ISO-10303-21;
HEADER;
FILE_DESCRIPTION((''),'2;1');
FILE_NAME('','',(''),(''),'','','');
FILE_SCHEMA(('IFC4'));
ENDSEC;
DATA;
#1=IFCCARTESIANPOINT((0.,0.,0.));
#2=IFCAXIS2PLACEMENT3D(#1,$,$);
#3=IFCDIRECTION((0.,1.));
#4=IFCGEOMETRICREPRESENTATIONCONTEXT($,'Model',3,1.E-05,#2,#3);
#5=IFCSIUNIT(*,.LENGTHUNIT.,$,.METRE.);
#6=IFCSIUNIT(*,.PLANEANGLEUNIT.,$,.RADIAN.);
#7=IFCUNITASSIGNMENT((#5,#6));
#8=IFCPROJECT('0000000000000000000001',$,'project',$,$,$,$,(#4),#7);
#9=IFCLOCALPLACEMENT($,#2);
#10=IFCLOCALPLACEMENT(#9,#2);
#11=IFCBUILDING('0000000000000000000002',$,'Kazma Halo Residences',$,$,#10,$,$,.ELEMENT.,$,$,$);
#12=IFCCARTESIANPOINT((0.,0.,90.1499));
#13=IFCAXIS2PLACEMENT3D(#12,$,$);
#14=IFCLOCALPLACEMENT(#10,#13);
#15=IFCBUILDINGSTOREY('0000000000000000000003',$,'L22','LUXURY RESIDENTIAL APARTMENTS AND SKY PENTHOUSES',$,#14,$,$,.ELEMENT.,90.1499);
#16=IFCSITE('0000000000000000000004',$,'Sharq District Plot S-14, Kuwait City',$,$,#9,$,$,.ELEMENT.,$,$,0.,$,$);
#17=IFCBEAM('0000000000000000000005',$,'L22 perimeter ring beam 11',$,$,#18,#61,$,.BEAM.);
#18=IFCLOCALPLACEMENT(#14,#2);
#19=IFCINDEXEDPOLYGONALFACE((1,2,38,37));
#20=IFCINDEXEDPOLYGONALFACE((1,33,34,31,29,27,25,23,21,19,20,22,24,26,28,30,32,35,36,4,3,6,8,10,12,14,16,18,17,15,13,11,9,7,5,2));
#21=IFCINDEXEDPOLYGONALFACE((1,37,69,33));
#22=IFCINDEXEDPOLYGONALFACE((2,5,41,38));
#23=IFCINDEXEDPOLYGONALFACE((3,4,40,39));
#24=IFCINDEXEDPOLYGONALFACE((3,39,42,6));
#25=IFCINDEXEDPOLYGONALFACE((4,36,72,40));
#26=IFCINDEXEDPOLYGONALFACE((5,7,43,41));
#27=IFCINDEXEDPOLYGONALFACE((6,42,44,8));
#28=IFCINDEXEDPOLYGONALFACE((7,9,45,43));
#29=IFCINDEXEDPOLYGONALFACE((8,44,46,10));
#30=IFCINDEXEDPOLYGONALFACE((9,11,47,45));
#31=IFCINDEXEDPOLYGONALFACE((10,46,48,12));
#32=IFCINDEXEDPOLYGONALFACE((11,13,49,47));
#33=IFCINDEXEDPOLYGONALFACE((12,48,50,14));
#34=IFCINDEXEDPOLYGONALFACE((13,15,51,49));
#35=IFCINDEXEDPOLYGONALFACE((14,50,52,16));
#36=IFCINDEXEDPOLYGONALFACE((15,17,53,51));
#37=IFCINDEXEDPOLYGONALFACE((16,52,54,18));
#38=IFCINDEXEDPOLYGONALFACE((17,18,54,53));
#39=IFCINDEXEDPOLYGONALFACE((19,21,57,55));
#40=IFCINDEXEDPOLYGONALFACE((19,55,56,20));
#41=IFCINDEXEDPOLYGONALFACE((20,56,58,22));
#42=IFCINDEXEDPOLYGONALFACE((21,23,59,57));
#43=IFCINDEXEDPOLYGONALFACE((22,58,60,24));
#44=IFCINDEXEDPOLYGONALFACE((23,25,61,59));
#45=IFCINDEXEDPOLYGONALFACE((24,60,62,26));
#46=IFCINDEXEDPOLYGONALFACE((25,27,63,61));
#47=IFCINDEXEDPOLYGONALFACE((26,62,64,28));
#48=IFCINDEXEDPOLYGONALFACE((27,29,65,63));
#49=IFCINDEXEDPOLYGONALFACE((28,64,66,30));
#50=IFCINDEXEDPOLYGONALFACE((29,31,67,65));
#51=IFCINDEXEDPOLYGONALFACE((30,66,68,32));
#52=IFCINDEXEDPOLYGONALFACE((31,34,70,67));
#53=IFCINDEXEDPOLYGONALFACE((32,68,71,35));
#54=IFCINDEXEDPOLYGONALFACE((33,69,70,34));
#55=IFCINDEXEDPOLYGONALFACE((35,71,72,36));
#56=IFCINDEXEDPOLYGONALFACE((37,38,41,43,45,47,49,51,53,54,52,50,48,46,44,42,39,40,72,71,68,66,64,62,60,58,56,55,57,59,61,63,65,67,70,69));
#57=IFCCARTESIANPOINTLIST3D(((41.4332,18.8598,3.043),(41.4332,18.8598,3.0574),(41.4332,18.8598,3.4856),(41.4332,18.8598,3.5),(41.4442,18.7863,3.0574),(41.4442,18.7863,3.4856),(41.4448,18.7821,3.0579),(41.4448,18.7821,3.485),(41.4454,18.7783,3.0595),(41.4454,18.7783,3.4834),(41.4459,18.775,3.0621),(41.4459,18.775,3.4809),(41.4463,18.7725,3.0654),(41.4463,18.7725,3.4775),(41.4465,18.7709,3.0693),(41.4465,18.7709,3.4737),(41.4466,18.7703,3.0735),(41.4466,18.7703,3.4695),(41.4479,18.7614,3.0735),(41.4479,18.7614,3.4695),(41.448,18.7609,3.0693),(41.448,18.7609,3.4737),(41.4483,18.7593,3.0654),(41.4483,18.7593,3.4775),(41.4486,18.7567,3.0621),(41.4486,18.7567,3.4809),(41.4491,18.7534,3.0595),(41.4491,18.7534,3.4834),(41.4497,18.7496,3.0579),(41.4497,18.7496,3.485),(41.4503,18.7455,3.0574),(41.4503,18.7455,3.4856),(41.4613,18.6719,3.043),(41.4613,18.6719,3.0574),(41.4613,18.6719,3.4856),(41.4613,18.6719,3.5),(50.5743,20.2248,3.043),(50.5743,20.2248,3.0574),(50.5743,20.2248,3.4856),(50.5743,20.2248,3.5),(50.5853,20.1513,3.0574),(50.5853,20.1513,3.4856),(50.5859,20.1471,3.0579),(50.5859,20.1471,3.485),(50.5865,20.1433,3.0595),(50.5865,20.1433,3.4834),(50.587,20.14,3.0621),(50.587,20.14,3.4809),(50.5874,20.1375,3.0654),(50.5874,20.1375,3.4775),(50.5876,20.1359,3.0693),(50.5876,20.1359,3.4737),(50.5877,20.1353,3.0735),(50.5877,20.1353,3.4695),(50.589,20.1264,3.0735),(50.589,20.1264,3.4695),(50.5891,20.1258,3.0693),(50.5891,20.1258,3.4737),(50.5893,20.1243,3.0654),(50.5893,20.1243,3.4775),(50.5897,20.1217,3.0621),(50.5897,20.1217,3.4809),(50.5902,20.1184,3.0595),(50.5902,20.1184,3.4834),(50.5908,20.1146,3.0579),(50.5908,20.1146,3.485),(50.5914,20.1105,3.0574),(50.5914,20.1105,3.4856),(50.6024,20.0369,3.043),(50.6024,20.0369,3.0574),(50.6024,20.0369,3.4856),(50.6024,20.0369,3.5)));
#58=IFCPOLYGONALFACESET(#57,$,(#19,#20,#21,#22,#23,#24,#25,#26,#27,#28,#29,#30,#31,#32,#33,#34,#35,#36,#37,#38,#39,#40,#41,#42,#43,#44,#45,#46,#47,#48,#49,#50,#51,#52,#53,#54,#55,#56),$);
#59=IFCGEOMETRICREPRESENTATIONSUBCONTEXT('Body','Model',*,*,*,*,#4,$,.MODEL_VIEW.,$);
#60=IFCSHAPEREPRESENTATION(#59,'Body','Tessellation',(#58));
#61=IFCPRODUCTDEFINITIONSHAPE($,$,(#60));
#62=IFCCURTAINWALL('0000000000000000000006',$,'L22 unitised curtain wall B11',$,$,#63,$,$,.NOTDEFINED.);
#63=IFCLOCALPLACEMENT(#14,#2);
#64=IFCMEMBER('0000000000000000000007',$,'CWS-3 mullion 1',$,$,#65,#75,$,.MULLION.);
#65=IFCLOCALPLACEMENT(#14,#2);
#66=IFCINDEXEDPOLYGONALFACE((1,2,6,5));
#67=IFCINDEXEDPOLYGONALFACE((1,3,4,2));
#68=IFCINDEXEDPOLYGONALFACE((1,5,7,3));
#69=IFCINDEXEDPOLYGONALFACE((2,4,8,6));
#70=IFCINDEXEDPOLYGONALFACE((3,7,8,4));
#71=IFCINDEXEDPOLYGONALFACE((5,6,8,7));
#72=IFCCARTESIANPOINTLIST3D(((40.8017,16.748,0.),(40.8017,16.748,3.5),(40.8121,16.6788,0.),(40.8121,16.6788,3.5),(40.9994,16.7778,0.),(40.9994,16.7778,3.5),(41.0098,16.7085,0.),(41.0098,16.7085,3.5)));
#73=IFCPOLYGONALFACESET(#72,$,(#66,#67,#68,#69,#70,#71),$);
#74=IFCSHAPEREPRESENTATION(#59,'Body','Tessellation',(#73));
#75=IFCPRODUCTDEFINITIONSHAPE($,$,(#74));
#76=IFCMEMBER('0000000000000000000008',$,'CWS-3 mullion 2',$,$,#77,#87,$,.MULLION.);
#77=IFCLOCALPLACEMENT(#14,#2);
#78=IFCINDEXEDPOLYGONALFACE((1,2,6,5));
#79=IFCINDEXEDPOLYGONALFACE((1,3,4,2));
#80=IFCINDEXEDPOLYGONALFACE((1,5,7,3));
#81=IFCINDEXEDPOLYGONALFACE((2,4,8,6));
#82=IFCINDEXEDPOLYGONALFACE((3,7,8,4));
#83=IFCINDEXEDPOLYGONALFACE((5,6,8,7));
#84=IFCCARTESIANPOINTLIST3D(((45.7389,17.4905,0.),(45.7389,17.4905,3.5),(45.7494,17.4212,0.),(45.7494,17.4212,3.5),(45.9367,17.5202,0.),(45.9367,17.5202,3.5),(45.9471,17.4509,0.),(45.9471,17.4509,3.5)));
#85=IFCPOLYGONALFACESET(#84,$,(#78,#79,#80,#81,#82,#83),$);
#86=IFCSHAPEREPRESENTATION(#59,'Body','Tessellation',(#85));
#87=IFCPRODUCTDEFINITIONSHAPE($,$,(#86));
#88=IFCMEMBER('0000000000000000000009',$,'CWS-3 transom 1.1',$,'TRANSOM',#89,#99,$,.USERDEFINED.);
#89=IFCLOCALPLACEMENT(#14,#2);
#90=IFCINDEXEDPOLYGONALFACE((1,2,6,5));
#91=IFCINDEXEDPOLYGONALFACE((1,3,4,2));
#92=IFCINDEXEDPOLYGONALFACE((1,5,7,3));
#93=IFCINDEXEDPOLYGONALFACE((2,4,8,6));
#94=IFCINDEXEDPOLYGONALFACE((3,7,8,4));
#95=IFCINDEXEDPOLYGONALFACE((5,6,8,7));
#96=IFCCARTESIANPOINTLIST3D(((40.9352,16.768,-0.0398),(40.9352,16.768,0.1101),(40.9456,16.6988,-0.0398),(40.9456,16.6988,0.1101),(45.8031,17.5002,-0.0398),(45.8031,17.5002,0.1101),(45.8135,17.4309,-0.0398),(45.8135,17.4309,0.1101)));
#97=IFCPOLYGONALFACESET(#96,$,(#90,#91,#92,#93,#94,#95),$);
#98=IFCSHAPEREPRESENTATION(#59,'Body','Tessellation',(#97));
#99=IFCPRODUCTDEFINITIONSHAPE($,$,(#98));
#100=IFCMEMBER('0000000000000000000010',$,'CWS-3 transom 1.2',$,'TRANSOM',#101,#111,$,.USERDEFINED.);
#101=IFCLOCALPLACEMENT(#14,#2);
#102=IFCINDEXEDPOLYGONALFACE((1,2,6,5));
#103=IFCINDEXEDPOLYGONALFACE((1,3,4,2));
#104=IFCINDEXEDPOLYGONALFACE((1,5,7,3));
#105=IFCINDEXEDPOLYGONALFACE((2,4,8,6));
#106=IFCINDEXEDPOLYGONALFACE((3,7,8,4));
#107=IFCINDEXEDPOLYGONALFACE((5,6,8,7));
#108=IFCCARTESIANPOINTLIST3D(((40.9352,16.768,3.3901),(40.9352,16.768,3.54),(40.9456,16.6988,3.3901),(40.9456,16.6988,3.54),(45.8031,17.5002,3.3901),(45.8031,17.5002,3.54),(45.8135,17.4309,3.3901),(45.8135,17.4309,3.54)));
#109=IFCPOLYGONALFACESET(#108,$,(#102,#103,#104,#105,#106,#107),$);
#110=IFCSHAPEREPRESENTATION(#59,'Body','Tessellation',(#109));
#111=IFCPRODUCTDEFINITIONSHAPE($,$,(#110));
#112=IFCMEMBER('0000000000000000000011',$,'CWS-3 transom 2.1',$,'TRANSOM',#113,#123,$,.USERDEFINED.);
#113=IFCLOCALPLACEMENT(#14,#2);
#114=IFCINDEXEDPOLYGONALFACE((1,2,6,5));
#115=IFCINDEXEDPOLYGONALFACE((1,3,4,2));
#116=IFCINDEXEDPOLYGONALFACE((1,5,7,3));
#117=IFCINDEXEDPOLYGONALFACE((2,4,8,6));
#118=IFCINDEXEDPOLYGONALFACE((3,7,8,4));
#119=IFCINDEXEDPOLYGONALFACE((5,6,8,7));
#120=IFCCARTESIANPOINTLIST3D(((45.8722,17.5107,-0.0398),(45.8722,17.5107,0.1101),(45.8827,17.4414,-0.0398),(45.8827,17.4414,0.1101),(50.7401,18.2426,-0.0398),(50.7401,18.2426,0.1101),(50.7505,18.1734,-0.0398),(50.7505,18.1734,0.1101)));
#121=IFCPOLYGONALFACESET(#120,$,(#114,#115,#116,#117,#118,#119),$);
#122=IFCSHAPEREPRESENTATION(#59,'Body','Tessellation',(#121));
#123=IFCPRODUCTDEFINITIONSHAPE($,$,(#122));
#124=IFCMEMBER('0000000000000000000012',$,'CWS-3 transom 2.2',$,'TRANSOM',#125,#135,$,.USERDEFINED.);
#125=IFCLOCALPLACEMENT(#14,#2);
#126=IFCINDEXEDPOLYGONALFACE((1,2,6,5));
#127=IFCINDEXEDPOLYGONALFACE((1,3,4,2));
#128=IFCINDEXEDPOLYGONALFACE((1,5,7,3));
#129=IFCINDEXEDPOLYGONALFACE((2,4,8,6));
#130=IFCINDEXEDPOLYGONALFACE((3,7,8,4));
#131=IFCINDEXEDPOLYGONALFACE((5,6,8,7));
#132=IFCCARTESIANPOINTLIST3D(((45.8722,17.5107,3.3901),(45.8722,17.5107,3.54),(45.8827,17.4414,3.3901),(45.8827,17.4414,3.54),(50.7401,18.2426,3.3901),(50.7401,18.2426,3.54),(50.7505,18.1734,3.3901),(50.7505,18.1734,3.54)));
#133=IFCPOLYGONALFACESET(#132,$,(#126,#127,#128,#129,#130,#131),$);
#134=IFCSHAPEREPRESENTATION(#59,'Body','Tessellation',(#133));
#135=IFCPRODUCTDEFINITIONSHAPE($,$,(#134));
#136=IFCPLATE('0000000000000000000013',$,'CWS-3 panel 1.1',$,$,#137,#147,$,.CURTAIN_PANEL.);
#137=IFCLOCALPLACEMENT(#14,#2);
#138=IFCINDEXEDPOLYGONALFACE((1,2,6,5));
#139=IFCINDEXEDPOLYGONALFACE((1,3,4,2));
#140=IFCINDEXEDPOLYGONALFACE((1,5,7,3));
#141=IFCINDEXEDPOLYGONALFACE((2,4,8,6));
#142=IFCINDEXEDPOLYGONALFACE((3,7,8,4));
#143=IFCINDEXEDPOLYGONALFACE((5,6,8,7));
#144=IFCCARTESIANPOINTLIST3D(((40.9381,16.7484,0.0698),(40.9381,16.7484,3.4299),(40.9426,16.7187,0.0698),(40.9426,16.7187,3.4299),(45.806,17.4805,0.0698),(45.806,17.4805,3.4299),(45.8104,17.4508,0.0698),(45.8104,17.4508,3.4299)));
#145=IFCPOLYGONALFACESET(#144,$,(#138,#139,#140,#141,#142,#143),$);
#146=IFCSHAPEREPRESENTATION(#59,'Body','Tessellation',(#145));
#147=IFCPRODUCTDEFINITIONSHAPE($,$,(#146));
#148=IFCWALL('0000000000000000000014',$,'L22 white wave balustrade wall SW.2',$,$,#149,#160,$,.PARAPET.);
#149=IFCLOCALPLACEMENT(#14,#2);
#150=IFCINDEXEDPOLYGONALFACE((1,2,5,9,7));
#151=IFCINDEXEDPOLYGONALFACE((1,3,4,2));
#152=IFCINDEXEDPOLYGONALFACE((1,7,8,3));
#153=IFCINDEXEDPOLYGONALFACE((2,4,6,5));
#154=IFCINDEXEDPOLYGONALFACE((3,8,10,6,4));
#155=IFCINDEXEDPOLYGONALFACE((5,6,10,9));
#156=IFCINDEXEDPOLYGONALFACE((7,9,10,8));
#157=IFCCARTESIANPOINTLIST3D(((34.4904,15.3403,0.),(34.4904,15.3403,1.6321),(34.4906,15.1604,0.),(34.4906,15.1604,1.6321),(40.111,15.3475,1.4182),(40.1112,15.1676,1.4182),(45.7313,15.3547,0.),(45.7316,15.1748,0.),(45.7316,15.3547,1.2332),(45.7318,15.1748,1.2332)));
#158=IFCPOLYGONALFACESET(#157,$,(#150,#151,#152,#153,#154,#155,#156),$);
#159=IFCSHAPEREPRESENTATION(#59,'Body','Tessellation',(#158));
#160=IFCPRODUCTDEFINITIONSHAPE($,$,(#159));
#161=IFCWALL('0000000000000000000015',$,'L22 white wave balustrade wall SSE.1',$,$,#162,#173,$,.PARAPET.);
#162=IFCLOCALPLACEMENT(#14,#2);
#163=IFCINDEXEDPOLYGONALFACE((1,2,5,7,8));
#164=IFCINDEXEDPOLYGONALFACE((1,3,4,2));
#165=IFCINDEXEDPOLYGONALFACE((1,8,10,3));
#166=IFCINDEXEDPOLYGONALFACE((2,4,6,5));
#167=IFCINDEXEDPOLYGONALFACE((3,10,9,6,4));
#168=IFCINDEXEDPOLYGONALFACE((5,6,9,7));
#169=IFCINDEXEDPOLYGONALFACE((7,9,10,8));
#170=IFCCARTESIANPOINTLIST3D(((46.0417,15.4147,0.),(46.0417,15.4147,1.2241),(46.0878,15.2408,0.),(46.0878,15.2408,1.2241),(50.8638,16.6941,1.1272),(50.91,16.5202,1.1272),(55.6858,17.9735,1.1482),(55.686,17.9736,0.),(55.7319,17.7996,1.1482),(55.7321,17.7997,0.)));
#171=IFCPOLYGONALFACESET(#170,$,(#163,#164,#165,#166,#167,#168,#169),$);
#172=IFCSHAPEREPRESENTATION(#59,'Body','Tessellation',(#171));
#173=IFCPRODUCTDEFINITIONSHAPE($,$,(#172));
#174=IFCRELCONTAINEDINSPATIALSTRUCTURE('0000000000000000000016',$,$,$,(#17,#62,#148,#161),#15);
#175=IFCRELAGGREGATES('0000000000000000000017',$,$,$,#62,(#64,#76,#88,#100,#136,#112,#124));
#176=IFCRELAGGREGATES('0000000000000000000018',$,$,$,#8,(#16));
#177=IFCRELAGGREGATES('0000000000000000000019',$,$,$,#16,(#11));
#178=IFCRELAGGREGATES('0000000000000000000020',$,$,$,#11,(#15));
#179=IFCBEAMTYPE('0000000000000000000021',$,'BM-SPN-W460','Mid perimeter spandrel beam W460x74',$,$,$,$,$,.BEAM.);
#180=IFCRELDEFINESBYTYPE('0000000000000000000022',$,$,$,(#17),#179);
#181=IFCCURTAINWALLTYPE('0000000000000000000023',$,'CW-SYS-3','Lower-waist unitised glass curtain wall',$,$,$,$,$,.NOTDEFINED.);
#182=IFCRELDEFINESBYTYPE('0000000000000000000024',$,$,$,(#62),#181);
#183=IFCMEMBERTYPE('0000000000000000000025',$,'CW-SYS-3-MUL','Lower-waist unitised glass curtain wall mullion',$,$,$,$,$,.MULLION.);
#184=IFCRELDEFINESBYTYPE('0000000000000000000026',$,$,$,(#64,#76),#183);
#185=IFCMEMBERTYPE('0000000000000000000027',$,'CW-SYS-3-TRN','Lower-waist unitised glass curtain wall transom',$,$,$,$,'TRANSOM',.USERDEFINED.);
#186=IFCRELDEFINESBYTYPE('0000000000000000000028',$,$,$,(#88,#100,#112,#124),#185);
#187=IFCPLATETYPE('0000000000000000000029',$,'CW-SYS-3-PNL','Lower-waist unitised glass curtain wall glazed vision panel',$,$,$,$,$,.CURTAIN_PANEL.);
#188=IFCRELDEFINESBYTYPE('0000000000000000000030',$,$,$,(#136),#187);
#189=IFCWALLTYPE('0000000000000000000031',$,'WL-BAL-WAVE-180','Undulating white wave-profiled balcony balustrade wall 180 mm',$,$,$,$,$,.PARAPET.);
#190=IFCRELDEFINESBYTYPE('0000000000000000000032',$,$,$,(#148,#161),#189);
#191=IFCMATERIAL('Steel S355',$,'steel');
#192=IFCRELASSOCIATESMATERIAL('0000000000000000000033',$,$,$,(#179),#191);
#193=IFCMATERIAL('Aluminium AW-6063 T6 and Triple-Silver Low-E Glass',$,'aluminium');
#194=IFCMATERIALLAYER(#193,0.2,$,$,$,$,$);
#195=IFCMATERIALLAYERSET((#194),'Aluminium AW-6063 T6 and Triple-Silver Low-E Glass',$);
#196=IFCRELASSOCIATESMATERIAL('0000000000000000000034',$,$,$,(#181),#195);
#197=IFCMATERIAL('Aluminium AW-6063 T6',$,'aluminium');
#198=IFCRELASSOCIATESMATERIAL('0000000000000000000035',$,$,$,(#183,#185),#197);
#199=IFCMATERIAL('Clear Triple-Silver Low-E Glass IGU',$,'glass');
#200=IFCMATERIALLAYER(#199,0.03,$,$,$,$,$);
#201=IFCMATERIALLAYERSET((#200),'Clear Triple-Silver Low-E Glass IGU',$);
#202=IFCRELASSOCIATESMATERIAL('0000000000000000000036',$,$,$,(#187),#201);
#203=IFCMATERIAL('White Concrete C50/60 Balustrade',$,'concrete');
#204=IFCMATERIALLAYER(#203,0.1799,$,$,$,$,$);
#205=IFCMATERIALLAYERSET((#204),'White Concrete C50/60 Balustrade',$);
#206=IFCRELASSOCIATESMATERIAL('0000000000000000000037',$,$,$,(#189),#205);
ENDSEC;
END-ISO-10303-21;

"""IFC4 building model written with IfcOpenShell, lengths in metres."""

from ifc_helpers import new_model, si_unit, direction, frame, origin, origin_2d, place, context, subcontext, project, spatial, polyline, rectangle, i_section, outline, extrude, material, layer, layer_set, material_profile, profile_set, type_object, element, aggregate, save


model = new_model("IFC4")

# Units and contexts
model_context = context("Model", 3, precision=1e-05, world=origin(), true_north=direction((0.0, 1.0)))
body_context = subcontext(model_context, "Body", "Model", "MODEL_VIEW")
ifc_project = project(units=[si_unit("LENGTHUNIT", "METRE"), si_unit("PLANEANGLEUNIT", "RADIAN")], contexts=[model_context])

# Site, building, storey
site_placement = place(None, origin())
site = spatial("IfcSite", under=ifc_project, at=site_placement, Name="Sharq District Plot S-14, Kuwait City", CompositionType="ELEMENT", RefElevation=0.0)
building_placement = place(site_placement, origin())
building = spatial("IfcBuilding", under=site, at=building_placement, Name="Kazma Halo Residences", CompositionType="ELEMENT")
storey_placement = place(building_placement, frame((0.0, 0.0, 90.1499)))
storey = spatial("IfcBuildingStorey", under=building, at=storey_placement, Name="L22", Description="LUXURY RESIDENTIAL APARTMENTS AND SKY PENTHOUSES", CompositionType="ELEMENT", Elevation=90.1499)

# Beam
ifc_material_1 = material(Name="Steel S355", Category="steel")
ifc_material_profile_1 = material_profile(ifc_material_1, i_section(OverallWidth=0.1899, OverallDepth=0.457, WebThickness=0.009, FlangeThickness=0.0144, FilletRadius=0.0161, at=origin_2d()), Name="W460x74")
ifc_profile_set_1 = profile_set([ifc_material_profile_1], Name="Steel S355")
beam_type_1 = type_object("IfcBeamType", Name="BM-SPN-W460", Description="Mid perimeter spandrel beam W460x74", PredefinedType="BEAM", material=ifc_profile_set_1)
beam_1_placement = place(storey_placement, frame((41.4473, 18.7659, 3.2715), z_axis=(0.989034, 0.147687, 0.0), x_axis=(-0.147687, 0.989034, 0.0)))
element("IfcBeam", 1, at=beam_1_placement, inside=storey, type_object=beam_type_1, Name="L22 perimeter ring beam 11", PredefinedType="BEAM", context=body_context, shape_type="SweptSolid", body=[
    extrude(i_section(OverallWidth=0.1899, OverallDepth=0.457, WebThickness=0.009, FlangeThickness=0.0144, FilletRadius=0.0161, at=origin_2d()), origin(), (0.0, 0.0, 1.0), 9.2424),
])

# Curtain wall, members, plate
ifc_material_2 = material(Name="Aluminium AW-6063 T6 and Triple-Silver Low-E Glass", Category="aluminium")
ifc_layer_1 = layer(ifc_material_2, 0.2)
ifc_layer_set_1 = layer_set([ifc_layer_1], Name="Aluminium AW-6063 T6 and Triple-Silver Low-E Glass")
curtain_wall_type = type_object("IfcCurtainWallType", Name="CW-SYS-3", Description="Lower-waist unitised glass curtain wall", PredefinedType="NOTDEFINED", material=ifc_layer_set_1)
curtain_wall_placement = place(storey_placement, origin())
curtain_wall = element("IfcCurtainWall", 2, at=curtain_wall_placement, inside=storey, type_object=curtain_wall_type, Name="L22 unitised curtain wall B11", PredefinedType="NOTDEFINED")
ifc_material_3 = material(Name="Aluminium AW-6063 T6", Category="aluminium")
ifc_material_profile_2 = material_profile(ifc_material_3, rectangle(XDim=0.0701, YDim=0.2, at=origin_2d()), Name="CWM-70x200")
ifc_profile_set_2 = profile_set([ifc_material_profile_2], Name="Aluminium AW-6063 T6")
member_type_1 = type_object("IfcMemberType", Name="CW-SYS-3-MUL", Description="Lower-waist unitised glass curtain wall mullion", PredefinedType="MULLION", material=ifc_profile_set_2)
member_1_placement = place(storey_placement, frame((40.9058, 16.7283, 0.0), z_axis=(0.0, 0.0, 1.0), x_axis=(-0.148717, 0.98888, 0.0)))
member_1 = element("IfcMember", 3, at=member_1_placement, type_object=member_type_1, Name="CWS-3 mullion 1", PredefinedType="MULLION", context=body_context, shape_type="SweptSolid", body=[
    extrude(rectangle(XDim=0.0701, YDim=0.2, at=origin_2d()), origin(), (0.0, 0.0, 1.0), 3.5),
])
member_2_placement = place(storey_placement, frame((45.843, 17.4707, 0.0), z_axis=(0.0, 0.0, 1.0), x_axis=(-0.148717, 0.98888, 0.0)))
member_2 = element("IfcMember", 4, at=member_2_placement, type_object=member_type_1, Name="CWS-3 mullion 2", PredefinedType="MULLION", context=body_context, shape_type="SweptSolid", body=[
    extrude(rectangle(XDim=0.0701, YDim=0.2, at=origin_2d()), origin(), (0.0, 0.0, 1.0), 3.5),
])
ifc_material_profile_3 = material_profile(ifc_material_3, rectangle(XDim=0.0701, YDim=0.1499, at=origin_2d()), Name="CWT-70x150")
ifc_profile_set_3 = profile_set([ifc_material_profile_3], Name="Aluminium AW-6063 T6")
member_type_2 = type_object("IfcMemberType", Name="CW-SYS-3-TRN", Description="Lower-waist unitised glass curtain wall transom", ElementType="TRANSOM", PredefinedType="USERDEFINED", material=ifc_profile_set_3)
member_3_placement = place(storey_placement, frame((40.9404, 16.7334, 0.0352), z_axis=(0.988877, 0.148736, 0.0), x_axis=(-0.148736, 0.988877, 0.0)))
member_3 = element("IfcMember", 5, at=member_3_placement, type_object=member_type_2, Name="CWS-3 transom 1.1", ObjectType="TRANSOM", PredefinedType="USERDEFINED", context=body_context, shape_type="SweptSolid", body=[
    extrude(rectangle(XDim=0.0701, YDim=0.1499, at=origin_2d()), origin(), (0.0, 0.0, 1.0), 4.9226),
])
member_4_placement = place(storey_placement, frame((40.9404, 16.7334, 3.4651), z_axis=(0.988877, 0.148736, 0.0), x_axis=(-0.148736, 0.988877, 0.0)))
member_4 = element("IfcMember", 6, at=member_4_placement, type_object=member_type_2, Name="CWS-3 transom 1.2", ObjectType="TRANSOM", PredefinedType="USERDEFINED", context=body_context, shape_type="SweptSolid", body=[
    extrude(rectangle(XDim=0.0701, YDim=0.1499, at=origin_2d()), origin(), (0.0, 0.0, 1.0), 4.9226),
])
member_5_placement = place(storey_placement, frame((45.8774, 17.4761, 0.0352), z_axis=(0.988884, 0.148687, 0.0), x_axis=(-0.148687, 0.988884, 0.0)))
member_5 = element("IfcMember", 7, at=member_5_placement, type_object=member_type_2, Name="CWS-3 transom 2.1", ObjectType="TRANSOM", PredefinedType="USERDEFINED", context=body_context, shape_type="SweptSolid", body=[
    extrude(rectangle(XDim=0.0701, YDim=0.1499, at=origin_2d()), origin(), (0.0, 0.0, 1.0), 4.9226),
])
member_6_placement = place(storey_placement, frame((45.8774, 17.4761, 3.4651), z_axis=(0.988884, 0.148687, 0.0), x_axis=(-0.148687, 0.988884, 0.0)))
member_6 = element("IfcMember", 8, at=member_6_placement, type_object=member_type_2, Name="CWS-3 transom 2.2", ObjectType="TRANSOM", PredefinedType="USERDEFINED", context=body_context, shape_type="SweptSolid", body=[
    extrude(rectangle(XDim=0.0701, YDim=0.1499, at=origin_2d()), origin(), (0.0, 0.0, 1.0), 4.9226),
])
ifc_material_4 = material(Name="Clear Triple-Silver Low-E Glass IGU", Category="glass")
ifc_layer_2 = layer(ifc_material_4, 0.03)
ifc_layer_set_2 = layer_set([ifc_layer_2], Name="Clear Triple-Silver Low-E Glass IGU")
plate_type = type_object("IfcPlateType", Name="CW-SYS-3-PNL", Description="Lower-waist unitised glass curtain wall glazed vision panel", PredefinedType="CURTAIN_PANEL", material=ifc_layer_set_2)
plate_placement = place(storey_placement, frame((43.3743, 17.0996, 0.0698), z_axis=(0.0, 0.0, 1.0), x_axis=(0.98888, 0.148717, 0.0)))
plate = element("IfcPlate", 9, at=plate_placement, type_object=plate_type, Name="CWS-3 panel 1.1", PredefinedType="CURTAIN_PANEL", context=body_context, shape_type="SweptSolid", body=[
    extrude(rectangle(XDim=4.9226, YDim=0.03, at=origin_2d()), origin(), (0.0, 0.0, 1.0), 3.3601),
])
aggregate(curtain_wall, [member_1, member_2, member_3, member_4, plate, member_5, member_6])

# Walls
ifc_material_5 = material(Name="White Concrete C50/60 Balustrade", Category="concrete")
ifc_layer_3 = layer(ifc_material_5, 0.1799)
ifc_layer_set_3 = layer_set([ifc_layer_3], Name="White Concrete C50/60 Balustrade")
wall_type_1 = type_object("IfcWallType", Name="WL-BAL-WAVE-180", Description="Undulating white wave-profiled balcony balustrade wall 180 mm", PredefinedType="PARAPET", material=ifc_layer_set_3)
wall_1_placement = place(storey_placement, frame((34.4905, 15.2505, 0.0), z_axis=(0.0, 0.0, 1.0), x_axis=(0.999999, 0.001281, 0.0)))
element("IfcWall", 10, at=wall_1_placement, inside=storey, type_object=wall_type_1, Name="L22 white wave balustrade wall SW.2", PredefinedType="PARAPET", context=body_context, shape_type="SweptSolid", body=[
    extrude(outline(polyline([(0.0, 0.0), (11.241, 0.0), (11.2412, 1.2332), (5.6206, 1.4182), (0.0, 1.6321), (0.0, 0.0)])), frame((0.0, 0.0898, 0.0), z_axis=(0.0, -1.0, 0.0), x_axis=(1.0, 0.0, 0.0)), (0.0, 0.0, 1.0), 0.1799),
])
wall_2_placement = place(storey_placement, frame((46.0647, 15.3279, 0.0), z_axis=(0.0, 0.0, 1.0), x_axis=(0.966558, 0.256449, 0.0)))
element("IfcWall", 11, at=wall_2_placement, inside=storey, type_object=wall_type_1, Name="L22 white wave balustrade wall SSE.1", PredefinedType="PARAPET", context=body_context, shape_type="SweptSolid", body=[
    extrude(outline(polyline([(0.0, 0.0), (9.978, 0.0), (9.9778, 1.1482), (4.989, 1.1272), (0.0, 1.2241), (0.0, 0.0)])), frame((0.0, 0.0898, 0.0), z_axis=(0.0, -1.0, 0.0), x_axis=(1.0, 0.0, 0.0)), (0.0, 0.0, 1.0), 0.1799),
])

save(model, "model.ifc")
